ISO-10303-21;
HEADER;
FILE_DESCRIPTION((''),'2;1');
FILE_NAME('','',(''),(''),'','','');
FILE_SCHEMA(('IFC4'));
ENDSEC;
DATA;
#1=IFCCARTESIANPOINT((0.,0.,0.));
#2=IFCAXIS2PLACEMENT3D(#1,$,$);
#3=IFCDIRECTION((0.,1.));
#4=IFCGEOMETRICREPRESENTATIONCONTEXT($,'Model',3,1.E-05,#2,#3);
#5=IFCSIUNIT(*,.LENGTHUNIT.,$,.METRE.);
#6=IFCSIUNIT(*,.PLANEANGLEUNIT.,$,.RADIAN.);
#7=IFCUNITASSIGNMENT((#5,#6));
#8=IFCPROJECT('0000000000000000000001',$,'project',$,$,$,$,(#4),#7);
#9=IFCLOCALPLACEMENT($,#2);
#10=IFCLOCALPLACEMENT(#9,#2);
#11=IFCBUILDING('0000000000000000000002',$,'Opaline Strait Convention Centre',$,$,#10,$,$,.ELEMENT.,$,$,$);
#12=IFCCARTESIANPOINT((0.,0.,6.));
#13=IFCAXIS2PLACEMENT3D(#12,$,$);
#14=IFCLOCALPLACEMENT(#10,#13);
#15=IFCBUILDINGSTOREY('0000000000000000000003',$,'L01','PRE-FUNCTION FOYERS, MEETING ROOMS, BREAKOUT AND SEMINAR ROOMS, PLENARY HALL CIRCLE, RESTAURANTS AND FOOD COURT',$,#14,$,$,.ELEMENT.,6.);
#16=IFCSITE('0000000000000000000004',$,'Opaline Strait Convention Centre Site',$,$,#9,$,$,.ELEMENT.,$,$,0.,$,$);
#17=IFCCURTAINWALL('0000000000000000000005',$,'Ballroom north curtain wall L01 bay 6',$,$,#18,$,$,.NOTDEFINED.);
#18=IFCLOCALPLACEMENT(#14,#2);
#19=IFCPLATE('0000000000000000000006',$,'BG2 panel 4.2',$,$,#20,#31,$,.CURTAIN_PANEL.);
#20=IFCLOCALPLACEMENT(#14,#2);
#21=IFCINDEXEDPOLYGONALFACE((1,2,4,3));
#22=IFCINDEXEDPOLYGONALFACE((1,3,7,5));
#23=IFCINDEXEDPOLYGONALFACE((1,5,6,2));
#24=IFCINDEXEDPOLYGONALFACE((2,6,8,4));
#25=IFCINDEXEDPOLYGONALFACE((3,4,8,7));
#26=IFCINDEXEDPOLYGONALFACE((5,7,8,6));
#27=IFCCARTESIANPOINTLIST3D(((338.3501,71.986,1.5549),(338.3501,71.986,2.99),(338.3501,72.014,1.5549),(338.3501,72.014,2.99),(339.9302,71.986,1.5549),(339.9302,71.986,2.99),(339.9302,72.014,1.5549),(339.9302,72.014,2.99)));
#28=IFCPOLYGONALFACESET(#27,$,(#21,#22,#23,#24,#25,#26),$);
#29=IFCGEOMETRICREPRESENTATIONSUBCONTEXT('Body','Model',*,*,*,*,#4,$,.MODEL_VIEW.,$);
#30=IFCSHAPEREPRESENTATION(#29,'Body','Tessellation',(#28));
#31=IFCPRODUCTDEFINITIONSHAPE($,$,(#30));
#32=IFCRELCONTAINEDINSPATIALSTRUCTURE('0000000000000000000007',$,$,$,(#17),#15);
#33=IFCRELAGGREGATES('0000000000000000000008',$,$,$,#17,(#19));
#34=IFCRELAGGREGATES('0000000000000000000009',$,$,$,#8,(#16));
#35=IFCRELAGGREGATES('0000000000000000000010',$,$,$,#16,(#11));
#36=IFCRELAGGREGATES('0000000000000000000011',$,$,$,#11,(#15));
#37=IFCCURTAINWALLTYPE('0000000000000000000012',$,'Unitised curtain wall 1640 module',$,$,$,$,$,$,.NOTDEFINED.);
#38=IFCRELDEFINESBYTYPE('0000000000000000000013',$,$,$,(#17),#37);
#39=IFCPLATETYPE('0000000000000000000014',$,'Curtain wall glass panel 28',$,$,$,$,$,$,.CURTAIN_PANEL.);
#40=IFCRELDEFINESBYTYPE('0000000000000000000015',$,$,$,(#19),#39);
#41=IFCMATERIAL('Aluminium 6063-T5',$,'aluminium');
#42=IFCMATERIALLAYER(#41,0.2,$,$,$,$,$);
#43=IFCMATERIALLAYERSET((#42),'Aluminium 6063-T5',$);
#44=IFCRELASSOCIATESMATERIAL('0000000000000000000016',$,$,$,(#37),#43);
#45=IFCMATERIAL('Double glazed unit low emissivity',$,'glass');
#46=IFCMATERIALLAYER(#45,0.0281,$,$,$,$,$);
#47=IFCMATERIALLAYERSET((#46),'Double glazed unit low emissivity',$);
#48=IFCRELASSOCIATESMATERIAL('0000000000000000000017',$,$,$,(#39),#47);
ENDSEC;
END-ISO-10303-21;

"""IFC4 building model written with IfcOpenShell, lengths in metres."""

from ifc_helpers import new_model, si_unit, direction, frame, origin, origin_2d, place, context, subcontext, project, spatial, rectangle, extrude, material, layer, layer_set, type_object, element, aggregate, save


model = new_model("IFC4")

# Units and contexts
model_context = context("Model", 3, precision=1e-05, world=origin(), true_north=direction((0.0, 1.0)))
body_context = subcontext(model_context, "Body", "Model", "MODEL_VIEW")
ifc_project = project(units=[si_unit("LENGTHUNIT", "METRE"), si_unit("PLANEANGLEUNIT", "RADIAN")], contexts=[model_context])

# Site, building, storey
site_placement = place(None, origin())
site = spatial("IfcSite", under=ifc_project, at=site_placement, Name="Opaline Strait Convention Centre Site", CompositionType="ELEMENT", RefElevation=0.0)
building_placement = place(site_placement, origin())
building = spatial("IfcBuilding", under=site, at=building_placement, Name="Opaline Strait Convention Centre", CompositionType="ELEMENT")
storey_placement = place(building_placement, frame((0.0, 0.0, 6.0)))
storey = spatial("IfcBuildingStorey", under=building, at=storey_placement, Name="L01", Description="PRE-FUNCTION FOYERS, MEETING ROOMS, BREAKOUT AND SEMINAR ROOMS, PLENARY HALL CIRCLE, RESTAURANTS AND FOOD COURT", CompositionType="ELEMENT", Elevation=6.0)

# Curtain wall, plate
ifc_material_1 = material(Name="Aluminium 6063-T5", Category="aluminium")
ifc_layer_1 = layer(ifc_material_1, 0.2)
ifc_layer_set_1 = layer_set([ifc_layer_1], Name="Aluminium 6063-T5")
curtain_wall_type = type_object("IfcCurtainWallType", Name="Unitised curtain wall 1640 module", PredefinedType="NOTDEFINED", material=ifc_layer_set_1)
curtain_wall_placement = place(storey_placement, origin())
curtain_wall = element("IfcCurtainWall", 1, at=curtain_wall_placement, inside=storey, type_object=curtain_wall_type, Name="Ballroom north curtain wall L01 bay 6", PredefinedType="NOTDEFINED")
ifc_material_2 = material(Name="Double glazed unit low emissivity", Category="glass")
ifc_layer_2 = layer(ifc_material_2, 0.0281)
ifc_layer_set_2 = layer_set([ifc_layer_2], Name="Double glazed unit low emissivity")
plate_type = type_object("IfcPlateType", Name="Curtain wall glass panel 28", PredefinedType="CURTAIN_PANEL", material=ifc_layer_set_2)
plate_1_placement = place(storey_placement, frame((339.1401, 72.0, 1.5549), z_axis=(0.0, 0.0, 1.0), x_axis=(1.0, 0.0, 0.0)))
plate_1 = element("IfcPlate", 2, at=plate_1_placement, type_object=plate_type, Name="BG2 panel 4.2", PredefinedType="CURTAIN_PANEL", context=body_context, shape_type="SweptSolid", body=[
    extrude(rectangle(XDim=1.5801, YDim=0.0281, at=origin_2d()), origin(), (0.0, 0.0, 1.0), 1.4351),
])
aggregate(curtain_wall, [plate_1])

save(model, "model.ifc")
